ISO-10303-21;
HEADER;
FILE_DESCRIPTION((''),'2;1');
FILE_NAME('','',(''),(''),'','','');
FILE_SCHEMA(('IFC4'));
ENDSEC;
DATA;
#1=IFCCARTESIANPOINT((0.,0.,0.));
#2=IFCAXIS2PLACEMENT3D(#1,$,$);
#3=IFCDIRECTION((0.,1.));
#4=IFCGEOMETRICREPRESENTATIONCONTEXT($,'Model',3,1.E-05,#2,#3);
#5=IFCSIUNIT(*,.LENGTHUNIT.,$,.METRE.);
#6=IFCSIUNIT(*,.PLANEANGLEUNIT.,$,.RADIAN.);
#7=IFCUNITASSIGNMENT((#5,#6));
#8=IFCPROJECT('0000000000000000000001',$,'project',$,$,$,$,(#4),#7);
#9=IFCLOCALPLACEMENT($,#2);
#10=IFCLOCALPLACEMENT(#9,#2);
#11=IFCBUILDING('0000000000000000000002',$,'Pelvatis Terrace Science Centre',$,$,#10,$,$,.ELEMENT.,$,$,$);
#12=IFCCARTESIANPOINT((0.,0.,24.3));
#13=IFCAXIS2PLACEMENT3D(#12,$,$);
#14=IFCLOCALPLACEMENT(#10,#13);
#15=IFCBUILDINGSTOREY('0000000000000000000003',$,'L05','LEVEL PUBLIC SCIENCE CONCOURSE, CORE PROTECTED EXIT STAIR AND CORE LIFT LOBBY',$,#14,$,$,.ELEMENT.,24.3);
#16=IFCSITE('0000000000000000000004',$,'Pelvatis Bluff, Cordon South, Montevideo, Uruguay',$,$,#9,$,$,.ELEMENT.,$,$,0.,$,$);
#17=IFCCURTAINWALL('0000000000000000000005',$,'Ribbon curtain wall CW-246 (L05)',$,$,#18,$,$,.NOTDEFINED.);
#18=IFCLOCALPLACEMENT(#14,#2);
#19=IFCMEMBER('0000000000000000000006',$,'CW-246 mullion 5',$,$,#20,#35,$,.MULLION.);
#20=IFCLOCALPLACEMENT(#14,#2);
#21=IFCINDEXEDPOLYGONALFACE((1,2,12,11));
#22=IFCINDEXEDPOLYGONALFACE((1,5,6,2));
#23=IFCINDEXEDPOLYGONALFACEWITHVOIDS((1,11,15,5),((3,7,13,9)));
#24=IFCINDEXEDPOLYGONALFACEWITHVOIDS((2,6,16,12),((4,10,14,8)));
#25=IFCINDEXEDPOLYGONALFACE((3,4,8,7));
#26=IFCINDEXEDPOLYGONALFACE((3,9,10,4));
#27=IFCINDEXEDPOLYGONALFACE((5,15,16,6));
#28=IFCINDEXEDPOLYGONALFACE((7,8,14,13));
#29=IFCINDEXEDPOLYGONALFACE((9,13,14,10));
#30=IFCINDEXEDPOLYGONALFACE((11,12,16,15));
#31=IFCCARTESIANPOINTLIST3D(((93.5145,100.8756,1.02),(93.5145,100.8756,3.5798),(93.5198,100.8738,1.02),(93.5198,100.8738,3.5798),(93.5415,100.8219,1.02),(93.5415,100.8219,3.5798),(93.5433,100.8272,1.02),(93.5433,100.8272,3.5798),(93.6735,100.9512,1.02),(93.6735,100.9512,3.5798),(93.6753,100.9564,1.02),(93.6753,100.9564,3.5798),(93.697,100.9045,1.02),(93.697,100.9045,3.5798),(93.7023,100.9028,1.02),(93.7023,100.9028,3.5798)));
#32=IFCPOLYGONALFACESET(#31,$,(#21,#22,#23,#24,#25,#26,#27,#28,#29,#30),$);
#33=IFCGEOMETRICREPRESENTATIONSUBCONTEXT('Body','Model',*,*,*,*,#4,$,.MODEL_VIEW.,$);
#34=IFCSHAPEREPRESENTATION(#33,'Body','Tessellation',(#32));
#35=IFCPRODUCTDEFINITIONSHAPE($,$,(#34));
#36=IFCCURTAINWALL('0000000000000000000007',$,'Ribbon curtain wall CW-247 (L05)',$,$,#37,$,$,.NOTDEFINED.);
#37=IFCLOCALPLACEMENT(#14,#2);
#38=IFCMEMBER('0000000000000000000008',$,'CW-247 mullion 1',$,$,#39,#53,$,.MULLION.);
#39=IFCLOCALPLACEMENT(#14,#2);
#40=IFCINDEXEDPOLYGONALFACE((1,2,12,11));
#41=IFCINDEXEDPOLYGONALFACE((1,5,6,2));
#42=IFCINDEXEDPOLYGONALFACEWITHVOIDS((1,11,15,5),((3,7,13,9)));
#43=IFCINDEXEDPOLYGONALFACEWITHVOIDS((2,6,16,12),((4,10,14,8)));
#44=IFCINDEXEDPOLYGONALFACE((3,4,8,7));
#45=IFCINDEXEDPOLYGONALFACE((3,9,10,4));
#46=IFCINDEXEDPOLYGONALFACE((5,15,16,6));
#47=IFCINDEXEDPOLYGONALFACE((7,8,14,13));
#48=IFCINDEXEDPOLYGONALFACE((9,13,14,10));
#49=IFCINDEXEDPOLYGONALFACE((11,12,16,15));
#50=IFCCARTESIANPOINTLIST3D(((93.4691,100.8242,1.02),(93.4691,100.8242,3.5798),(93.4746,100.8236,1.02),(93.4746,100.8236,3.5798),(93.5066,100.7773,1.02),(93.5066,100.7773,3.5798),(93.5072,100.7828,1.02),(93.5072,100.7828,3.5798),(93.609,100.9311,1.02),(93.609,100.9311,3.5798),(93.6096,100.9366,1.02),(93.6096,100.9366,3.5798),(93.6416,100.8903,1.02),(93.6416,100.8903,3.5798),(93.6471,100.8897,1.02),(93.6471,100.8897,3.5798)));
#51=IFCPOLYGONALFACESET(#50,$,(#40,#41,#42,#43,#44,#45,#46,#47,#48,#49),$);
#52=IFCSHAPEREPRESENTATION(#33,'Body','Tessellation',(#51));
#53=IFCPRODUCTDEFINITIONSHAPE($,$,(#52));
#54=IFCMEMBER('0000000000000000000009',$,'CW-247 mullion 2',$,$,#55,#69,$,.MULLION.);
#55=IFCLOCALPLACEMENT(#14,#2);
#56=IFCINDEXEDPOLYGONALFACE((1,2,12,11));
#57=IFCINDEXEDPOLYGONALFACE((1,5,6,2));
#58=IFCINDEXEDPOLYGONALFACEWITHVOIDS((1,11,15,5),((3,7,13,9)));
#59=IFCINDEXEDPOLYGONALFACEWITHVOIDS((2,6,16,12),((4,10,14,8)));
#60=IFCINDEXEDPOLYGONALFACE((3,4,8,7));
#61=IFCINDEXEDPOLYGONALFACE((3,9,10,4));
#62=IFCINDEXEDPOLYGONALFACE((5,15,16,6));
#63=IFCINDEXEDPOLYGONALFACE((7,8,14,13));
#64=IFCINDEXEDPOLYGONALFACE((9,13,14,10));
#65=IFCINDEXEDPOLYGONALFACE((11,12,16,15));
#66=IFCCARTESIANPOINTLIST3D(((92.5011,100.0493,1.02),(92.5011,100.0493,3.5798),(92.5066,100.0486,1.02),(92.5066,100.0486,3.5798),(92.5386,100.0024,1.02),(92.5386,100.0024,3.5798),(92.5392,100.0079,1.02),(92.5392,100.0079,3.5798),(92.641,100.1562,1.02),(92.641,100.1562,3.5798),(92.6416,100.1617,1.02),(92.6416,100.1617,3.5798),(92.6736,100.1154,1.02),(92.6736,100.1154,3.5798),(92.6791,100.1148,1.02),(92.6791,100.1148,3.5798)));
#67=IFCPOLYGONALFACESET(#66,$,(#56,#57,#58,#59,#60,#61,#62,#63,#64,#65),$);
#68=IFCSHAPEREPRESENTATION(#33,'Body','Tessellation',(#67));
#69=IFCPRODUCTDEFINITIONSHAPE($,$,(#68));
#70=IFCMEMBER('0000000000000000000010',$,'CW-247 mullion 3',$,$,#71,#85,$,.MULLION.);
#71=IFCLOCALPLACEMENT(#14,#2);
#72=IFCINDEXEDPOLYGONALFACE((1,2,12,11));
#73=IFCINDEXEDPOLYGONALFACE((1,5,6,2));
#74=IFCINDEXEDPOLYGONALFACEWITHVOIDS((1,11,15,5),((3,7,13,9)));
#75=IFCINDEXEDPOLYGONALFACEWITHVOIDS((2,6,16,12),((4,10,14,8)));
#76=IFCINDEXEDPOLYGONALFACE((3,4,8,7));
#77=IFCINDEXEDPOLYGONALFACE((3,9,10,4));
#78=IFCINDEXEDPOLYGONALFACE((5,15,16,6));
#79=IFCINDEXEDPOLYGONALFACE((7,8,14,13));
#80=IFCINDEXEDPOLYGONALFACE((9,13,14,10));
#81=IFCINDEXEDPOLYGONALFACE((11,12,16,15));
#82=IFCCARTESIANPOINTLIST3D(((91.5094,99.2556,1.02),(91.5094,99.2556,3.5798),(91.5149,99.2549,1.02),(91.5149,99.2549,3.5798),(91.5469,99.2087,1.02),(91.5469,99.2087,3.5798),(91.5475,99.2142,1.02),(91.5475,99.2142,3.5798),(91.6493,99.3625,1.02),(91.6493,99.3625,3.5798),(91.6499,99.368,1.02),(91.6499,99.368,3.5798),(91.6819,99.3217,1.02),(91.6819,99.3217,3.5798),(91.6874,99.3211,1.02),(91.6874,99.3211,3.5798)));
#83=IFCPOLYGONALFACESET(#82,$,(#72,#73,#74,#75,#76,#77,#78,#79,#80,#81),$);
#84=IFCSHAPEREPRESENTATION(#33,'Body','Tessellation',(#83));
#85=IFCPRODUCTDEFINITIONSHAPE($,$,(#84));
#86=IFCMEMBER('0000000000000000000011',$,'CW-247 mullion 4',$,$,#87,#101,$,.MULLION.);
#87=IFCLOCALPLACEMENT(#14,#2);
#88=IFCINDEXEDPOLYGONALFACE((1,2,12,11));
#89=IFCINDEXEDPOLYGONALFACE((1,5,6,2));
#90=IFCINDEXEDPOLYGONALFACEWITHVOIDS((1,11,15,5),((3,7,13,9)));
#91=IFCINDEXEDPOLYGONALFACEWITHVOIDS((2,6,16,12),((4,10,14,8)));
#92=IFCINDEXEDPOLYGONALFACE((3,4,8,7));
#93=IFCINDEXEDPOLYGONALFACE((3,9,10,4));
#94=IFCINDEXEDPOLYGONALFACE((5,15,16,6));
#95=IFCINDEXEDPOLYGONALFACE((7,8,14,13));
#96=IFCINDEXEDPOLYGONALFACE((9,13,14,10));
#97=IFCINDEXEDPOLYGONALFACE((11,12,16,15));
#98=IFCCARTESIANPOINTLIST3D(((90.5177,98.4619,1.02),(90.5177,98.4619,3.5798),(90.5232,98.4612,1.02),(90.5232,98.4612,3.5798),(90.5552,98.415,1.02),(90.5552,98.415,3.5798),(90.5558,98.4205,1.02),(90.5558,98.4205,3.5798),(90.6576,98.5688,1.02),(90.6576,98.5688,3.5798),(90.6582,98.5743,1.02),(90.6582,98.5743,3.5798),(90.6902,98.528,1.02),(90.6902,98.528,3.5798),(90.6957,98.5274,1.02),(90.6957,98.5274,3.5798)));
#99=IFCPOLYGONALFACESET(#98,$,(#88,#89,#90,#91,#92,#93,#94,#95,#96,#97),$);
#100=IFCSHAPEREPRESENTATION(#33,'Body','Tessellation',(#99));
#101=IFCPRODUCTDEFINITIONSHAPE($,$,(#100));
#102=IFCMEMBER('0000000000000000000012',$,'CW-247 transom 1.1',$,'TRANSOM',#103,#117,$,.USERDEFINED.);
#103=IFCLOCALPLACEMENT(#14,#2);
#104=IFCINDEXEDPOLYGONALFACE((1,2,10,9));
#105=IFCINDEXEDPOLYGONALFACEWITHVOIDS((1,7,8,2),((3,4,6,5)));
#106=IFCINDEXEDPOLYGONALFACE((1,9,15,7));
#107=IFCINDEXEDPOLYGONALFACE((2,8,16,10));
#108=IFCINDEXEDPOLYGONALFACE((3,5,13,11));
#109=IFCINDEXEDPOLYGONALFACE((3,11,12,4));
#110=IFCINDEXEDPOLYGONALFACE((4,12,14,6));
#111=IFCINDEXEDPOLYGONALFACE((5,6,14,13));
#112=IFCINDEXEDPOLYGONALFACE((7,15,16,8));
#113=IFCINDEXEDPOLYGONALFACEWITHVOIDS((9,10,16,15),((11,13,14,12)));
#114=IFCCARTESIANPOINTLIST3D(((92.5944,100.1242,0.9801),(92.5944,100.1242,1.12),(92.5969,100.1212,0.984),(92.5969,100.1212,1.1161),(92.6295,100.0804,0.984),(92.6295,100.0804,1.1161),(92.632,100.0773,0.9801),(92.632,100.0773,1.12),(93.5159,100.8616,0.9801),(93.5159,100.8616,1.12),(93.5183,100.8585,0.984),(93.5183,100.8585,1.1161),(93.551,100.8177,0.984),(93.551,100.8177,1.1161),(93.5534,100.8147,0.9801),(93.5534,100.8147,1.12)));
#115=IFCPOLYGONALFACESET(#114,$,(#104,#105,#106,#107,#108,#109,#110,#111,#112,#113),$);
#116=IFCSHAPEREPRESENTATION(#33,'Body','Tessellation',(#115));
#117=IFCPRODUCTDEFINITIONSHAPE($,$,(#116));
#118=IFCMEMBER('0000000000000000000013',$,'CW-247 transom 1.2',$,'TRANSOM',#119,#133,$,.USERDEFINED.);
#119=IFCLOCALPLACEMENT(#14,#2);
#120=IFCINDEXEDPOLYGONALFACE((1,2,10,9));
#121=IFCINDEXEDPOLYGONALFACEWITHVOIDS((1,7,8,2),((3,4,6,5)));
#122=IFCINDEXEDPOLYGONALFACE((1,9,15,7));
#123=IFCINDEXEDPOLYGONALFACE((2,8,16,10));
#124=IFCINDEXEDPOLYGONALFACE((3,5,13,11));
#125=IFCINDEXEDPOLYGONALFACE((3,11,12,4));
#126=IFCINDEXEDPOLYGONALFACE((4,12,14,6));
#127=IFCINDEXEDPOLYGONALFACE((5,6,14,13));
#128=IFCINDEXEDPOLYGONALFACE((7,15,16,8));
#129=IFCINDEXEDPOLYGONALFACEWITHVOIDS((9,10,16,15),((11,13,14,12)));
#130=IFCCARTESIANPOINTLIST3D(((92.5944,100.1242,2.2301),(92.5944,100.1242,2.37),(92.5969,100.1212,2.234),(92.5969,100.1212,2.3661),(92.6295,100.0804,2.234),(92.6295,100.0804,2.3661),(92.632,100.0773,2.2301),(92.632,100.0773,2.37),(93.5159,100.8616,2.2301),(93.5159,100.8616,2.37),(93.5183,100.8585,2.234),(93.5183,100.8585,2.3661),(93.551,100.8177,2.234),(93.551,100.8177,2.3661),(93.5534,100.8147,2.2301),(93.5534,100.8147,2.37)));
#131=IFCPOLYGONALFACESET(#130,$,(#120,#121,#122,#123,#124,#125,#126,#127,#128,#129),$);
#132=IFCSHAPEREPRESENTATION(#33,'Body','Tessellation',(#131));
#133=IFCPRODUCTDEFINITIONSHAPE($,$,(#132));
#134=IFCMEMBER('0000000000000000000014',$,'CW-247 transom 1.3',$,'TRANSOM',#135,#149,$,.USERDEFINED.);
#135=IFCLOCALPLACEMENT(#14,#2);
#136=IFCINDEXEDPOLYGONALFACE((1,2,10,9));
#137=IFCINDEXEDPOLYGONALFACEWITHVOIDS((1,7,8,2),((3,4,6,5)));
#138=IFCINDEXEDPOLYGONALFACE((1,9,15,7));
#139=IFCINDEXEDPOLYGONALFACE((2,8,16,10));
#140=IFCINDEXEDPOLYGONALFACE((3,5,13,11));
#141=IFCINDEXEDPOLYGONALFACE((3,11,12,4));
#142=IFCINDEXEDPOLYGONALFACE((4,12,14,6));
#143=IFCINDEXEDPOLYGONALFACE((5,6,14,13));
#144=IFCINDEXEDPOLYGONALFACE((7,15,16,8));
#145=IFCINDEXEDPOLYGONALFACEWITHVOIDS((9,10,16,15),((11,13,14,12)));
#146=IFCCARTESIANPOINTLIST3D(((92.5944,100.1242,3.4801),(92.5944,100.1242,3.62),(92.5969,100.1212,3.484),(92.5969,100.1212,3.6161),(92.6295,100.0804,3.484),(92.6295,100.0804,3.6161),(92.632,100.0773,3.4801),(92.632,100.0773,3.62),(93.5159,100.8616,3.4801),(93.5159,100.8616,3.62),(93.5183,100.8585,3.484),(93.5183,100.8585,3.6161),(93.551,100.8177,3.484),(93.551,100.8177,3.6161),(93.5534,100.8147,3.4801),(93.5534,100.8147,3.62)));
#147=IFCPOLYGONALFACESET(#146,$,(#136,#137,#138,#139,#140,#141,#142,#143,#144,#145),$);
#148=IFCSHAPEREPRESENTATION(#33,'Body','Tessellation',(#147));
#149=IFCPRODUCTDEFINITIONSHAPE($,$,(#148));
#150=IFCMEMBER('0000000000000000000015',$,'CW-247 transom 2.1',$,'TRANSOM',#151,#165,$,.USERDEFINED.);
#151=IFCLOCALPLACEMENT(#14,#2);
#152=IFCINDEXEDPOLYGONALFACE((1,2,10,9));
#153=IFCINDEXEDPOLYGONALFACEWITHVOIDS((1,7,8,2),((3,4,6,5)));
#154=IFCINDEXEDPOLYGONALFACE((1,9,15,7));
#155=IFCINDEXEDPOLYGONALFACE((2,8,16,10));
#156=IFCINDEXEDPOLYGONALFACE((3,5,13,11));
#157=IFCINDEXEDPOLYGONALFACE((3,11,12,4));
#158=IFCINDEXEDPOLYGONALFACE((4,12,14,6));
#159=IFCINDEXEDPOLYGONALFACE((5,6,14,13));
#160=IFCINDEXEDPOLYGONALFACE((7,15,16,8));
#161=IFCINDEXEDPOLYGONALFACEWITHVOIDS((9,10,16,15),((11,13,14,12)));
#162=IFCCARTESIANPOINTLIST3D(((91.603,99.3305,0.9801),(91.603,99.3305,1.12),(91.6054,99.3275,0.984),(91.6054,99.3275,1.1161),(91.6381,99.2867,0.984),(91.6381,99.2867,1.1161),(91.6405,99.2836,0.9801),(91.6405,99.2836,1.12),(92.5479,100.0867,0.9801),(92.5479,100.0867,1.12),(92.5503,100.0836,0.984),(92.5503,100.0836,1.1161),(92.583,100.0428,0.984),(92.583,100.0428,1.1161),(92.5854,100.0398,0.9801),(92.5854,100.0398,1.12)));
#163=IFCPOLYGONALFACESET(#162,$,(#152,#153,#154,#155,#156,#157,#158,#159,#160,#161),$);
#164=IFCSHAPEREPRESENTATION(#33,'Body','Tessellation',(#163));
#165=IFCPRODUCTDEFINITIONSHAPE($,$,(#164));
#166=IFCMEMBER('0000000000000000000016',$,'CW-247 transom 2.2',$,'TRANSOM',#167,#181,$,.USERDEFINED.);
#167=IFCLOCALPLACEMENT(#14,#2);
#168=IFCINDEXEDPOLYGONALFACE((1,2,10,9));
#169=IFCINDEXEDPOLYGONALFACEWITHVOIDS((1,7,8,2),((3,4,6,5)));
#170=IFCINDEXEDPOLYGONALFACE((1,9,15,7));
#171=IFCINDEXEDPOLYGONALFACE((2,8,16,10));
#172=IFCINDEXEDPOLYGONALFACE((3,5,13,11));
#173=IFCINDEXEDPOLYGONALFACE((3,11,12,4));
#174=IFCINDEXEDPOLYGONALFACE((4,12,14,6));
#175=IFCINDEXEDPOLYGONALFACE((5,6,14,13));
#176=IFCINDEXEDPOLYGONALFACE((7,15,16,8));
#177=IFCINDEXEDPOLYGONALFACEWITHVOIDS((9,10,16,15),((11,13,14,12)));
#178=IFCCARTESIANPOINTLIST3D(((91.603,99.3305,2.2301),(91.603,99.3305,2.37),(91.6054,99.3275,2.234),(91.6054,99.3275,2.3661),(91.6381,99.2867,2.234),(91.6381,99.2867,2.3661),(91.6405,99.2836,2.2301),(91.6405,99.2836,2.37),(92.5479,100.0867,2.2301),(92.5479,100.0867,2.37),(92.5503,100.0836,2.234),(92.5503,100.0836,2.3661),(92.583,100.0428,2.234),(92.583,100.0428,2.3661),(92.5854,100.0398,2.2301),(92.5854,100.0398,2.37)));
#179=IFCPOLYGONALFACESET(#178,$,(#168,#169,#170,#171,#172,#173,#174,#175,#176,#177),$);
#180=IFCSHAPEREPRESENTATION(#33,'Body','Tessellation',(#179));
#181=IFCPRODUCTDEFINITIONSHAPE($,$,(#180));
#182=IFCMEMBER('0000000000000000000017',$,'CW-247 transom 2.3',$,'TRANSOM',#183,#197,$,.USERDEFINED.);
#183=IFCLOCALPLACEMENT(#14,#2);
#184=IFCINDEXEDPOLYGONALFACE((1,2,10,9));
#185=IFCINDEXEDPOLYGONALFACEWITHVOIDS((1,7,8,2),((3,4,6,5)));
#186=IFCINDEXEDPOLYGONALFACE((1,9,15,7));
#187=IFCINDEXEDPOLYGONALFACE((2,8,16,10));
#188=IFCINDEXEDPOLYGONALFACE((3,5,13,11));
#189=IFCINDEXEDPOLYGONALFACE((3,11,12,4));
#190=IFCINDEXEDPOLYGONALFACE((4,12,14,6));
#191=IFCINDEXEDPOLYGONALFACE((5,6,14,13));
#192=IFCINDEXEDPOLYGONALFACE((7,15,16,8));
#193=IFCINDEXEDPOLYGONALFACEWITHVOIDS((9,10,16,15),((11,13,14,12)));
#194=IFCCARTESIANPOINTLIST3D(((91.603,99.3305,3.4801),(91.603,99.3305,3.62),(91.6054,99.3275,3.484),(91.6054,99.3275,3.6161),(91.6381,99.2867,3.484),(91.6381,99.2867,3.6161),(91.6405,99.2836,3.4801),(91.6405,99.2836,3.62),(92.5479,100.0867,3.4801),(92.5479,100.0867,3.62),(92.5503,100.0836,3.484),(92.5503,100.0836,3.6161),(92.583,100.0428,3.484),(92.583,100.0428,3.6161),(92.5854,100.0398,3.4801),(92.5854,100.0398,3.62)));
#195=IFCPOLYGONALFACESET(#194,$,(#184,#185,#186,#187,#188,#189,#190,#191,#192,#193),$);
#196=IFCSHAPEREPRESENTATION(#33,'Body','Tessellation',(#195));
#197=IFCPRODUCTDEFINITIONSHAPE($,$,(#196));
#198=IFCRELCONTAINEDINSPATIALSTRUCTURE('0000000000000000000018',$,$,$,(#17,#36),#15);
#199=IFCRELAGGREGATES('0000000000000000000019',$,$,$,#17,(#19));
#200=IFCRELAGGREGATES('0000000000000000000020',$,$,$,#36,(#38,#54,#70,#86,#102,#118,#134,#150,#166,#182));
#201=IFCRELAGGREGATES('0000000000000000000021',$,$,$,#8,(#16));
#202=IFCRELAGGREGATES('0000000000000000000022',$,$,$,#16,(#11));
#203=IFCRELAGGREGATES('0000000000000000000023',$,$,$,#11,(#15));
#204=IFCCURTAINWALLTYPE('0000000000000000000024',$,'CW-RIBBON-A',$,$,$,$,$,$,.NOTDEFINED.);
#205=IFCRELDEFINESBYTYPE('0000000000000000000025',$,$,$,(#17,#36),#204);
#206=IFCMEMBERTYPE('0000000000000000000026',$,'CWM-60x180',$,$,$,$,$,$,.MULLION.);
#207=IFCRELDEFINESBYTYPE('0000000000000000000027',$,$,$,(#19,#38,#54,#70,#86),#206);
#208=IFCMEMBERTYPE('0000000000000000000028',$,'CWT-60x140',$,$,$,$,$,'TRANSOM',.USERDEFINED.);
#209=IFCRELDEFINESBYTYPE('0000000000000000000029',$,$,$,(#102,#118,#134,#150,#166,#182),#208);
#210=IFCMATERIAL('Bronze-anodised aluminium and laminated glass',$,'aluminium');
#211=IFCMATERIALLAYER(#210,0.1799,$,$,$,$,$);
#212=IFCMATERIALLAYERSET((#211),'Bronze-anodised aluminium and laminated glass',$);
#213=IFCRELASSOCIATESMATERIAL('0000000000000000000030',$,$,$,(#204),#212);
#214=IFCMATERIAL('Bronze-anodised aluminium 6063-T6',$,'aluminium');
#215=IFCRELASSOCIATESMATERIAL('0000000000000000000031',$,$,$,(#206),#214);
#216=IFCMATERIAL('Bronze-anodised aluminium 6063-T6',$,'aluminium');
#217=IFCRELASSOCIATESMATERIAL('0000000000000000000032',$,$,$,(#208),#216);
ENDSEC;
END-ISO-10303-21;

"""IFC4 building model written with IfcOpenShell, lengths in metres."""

from ifc_helpers import new_model, si_unit, direction, frame, origin, origin_2d, place, context, subcontext, project, spatial, hollow_rectangle, extrude, material, layer, layer_set, material_profile, profile_set, type_object, element, aggregate, save


model = new_model("IFC4")

# Units and contexts
model_context = context("Model", 3, precision=1e-05, world=origin(), true_north=direction((0.0, 1.0)))
body_context = subcontext(model_context, "Body", "Model", "MODEL_VIEW")
ifc_project = project(units=[si_unit("LENGTHUNIT", "METRE"), si_unit("PLANEANGLEUNIT", "RADIAN")], contexts=[model_context])

# Site, building, storey
site_placement = place(None, origin())
site = spatial("IfcSite", under=ifc_project, at=site_placement, Name="Pelvatis Bluff, Cordon South, Montevideo, Uruguay", CompositionType="ELEMENT", RefElevation=0.0)
building_placement = place(site_placement, origin())
building = spatial("IfcBuilding", under=site, at=building_placement, Name="Pelvatis Terrace Science Centre", CompositionType="ELEMENT")
storey_placement = place(building_placement, frame((0.0, 0.0, 24.3)))
storey = spatial("IfcBuildingStorey", under=building, at=storey_placement, Name="L05", Description="LEVEL PUBLIC SCIENCE CONCOURSE, CORE PROTECTED EXIT STAIR AND CORE LIFT LOBBY", CompositionType="ELEMENT", Elevation=24.3)

# Curtain wall, member
ifc_material_1 = material(Name="Bronze-anodised aluminium and laminated glass", Category="aluminium")
ifc_layer_1 = layer(ifc_material_1, 0.1799)
ifc_layer_set_1 = layer_set([ifc_layer_1], Name="Bronze-anodised aluminium and laminated glass")
curtain_wall_type = type_object("IfcCurtainWallType", Name="CW-RIBBON-A", PredefinedType="NOTDEFINED", material=ifc_layer_set_1)
curtain_wall_1_placement = place(storey_placement, origin())
curtain_wall_1 = element("IfcCurtainWall", 1, at=curtain_wall_1_placement, inside=storey, type_object=curtain_wall_type, Name="Ribbon curtain wall CW-246 (L05)", PredefinedType="NOTDEFINED")
ifc_material_2 = material(Name="Bronze-anodised aluminium 6063-T6", Category="aluminium")
ifc_material_profile_1 = material_profile(ifc_material_2, hollow_rectangle(XDim=0.0601, YDim=0.1799, WallThickness=0.0039, at=origin_2d()), Name="ALU-MUL 60x180")
ifc_profile_set_1 = profile_set([ifc_material_profile_1], Name="Bronze-anodised aluminium 6063-T6")
member_type_1 = type_object("IfcMemberType", Name="CWM-60x180", PredefinedType="MULLION", material=ifc_profile_set_1)
member_1_placement = place(storey_placement, frame((93.6084, 100.8892, 1.02), z_axis=(0.0, 0.0, 1.0), x_axis=(0.449304, -0.893379, 0.0)))
member_1 = element("IfcMember", 2, at=member_1_placement, type_object=member_type_1, Name="CW-246 mullion 5", PredefinedType="MULLION", context=body_context, shape_type="SweptSolid", body=[
    extrude(hollow_rectangle(XDim=0.0601, YDim=0.1799, WallThickness=0.0039, at=origin_2d()), origin(), (0.0, 0.0, 1.0), 2.5598),
])

# Curtain wall, members
curtain_wall_2_placement = place(storey_placement, origin())
curtain_wall_2 = element("IfcCurtainWall", 3, at=curtain_wall_2_placement, inside=storey, type_object=curtain_wall_type, Name="Ribbon curtain wall CW-247 (L05)", PredefinedType="NOTDEFINED")
member_2_placement = place(storey_placement, frame((93.5581, 100.8569, 1.02), z_axis=(0.0, 0.0, 1.0), x_axis=(0.624875, -0.780725, 0.0)))
member_2 = element("IfcMember", 4, at=member_2_placement, type_object=member_type_1, Name="CW-247 mullion 1", PredefinedType="MULLION", context=body_context, shape_type="SweptSolid", body=[
    extrude(hollow_rectangle(XDim=0.0601, YDim=0.1799, WallThickness=0.0039, at=origin_2d()), origin(), (0.0, 0.0, 1.0), 2.5598),
])
member_3_placement = place(storey_placement, frame((92.5901, 100.082, 1.02), z_axis=(0.0, 0.0, 1.0), x_axis=(0.624875, -0.780725, 0.0)))
member_3 = element("IfcMember", 5, at=member_3_placement, type_object=member_type_1, Name="CW-247 mullion 2", PredefinedType="MULLION", context=body_context, shape_type="SweptSolid", body=[
    extrude(hollow_rectangle(XDim=0.0601, YDim=0.1799, WallThickness=0.0039, at=origin_2d()), origin(), (0.0, 0.0, 1.0), 2.5598),
])
member_4_placement = place(storey_placement, frame((91.5984, 99.2883, 1.02), z_axis=(0.0, 0.0, 1.0), x_axis=(0.624875, -0.780725, 0.0)))
member_4 = element("IfcMember", 6, at=member_4_placement, type_object=member_type_1, Name="CW-247 mullion 3", PredefinedType="MULLION", context=body_context, shape_type="SweptSolid", body=[
    extrude(hollow_rectangle(XDim=0.0601, YDim=0.1799, WallThickness=0.0039, at=origin_2d()), origin(), (0.0, 0.0, 1.0), 2.5598),
])
member_5_placement = place(storey_placement, frame((90.6067, 98.4946, 1.02), z_axis=(0.0, 0.0, 1.0), x_axis=(0.624875, -0.780725, 0.0)))
member_5 = element("IfcMember", 7, at=member_5_placement, type_object=member_type_1, Name="CW-247 mullion 4", PredefinedType="MULLION", context=body_context, shape_type="SweptSolid", body=[
    extrude(hollow_rectangle(XDim=0.0601, YDim=0.1799, WallThickness=0.0039, at=origin_2d()), origin(), (0.0, 0.0, 1.0), 2.5598),
])
ifc_material_3 = material(Name="Bronze-anodised aluminium 6063-T6", Category="aluminium")
ifc_material_profile_2 = material_profile(ifc_material_3, hollow_rectangle(XDim=0.0601, YDim=0.1399, WallThickness=0.0039, at=origin_2d()), Name="ALU-TRN 60x140")
ifc_profile_set_2 = profile_set([ifc_material_profile_2], Name="Bronze-anodised aluminium 6063-T6")
member_type_2 = type_object("IfcMemberType", Name="CWT-60x140", ElementType="TRANSOM", PredefinedType="USERDEFINED", material=ifc_profile_set_2)
member_6_placement = place(storey_placement, frame((93.5347, 100.8381, 1.05), z_axis=(-0.780788, -0.624796, 0.0), x_axis=(0.624796, -0.780788, 0.0)))
member_6 = element("IfcMember", 8, at=member_6_placement, type_object=member_type_2, Name="CW-247 transom 1.1", ObjectType="TRANSOM", PredefinedType="USERDEFINED", context=body_context, shape_type="SweptSolid", body=[
    extrude(hollow_rectangle(XDim=0.0601, YDim=0.1399, WallThickness=0.0039, at=origin_2d()), origin(), (0.0, 0.0, 1.0), 1.1802),
])
member_7_placement = place(storey_placement, frame((93.5347, 100.8381, 2.3), z_axis=(-0.780788, -0.624796, 0.0), x_axis=(0.624796, -0.780788, 0.0)))
member_7 = element("IfcMember", 9, at=member_7_placement, type_object=member_type_2, Name="CW-247 transom 1.2", ObjectType="TRANSOM", PredefinedType="USERDEFINED", context=body_context, shape_type="SweptSolid", body=[
    extrude(hollow_rectangle(XDim=0.0601, YDim=0.1399, WallThickness=0.0039, at=origin_2d()), origin(), (0.0, 0.0, 1.0), 1.1802),
])
member_8_placement = place(storey_placement, frame((93.5347, 100.8381, 3.55), z_axis=(-0.780788, -0.624796, 0.0), x_axis=(0.624796, -0.780788, 0.0)))
member_8 = element("IfcMember", 10, at=member_8_placement, type_object=member_type_2, Name="CW-247 transom 1.3", ObjectType="TRANSOM", PredefinedType="USERDEFINED", context=body_context, shape_type="SweptSolid", body=[
    extrude(hollow_rectangle(XDim=0.0601, YDim=0.1399, WallThickness=0.0039, at=origin_2d()), origin(), (0.0, 0.0, 1.0), 1.1802),
])
member_9_placement = place(storey_placement, frame((92.5667, 100.0632, 1.05), z_axis=(-0.78077, -0.624818, 0.0), x_axis=(0.624818, -0.78077, 0.0)))
member_9 = element("IfcMember", 11, at=member_9_placement, type_object=member_type_2, Name="CW-247 transom 2.1", ObjectType="TRANSOM", PredefinedType="USERDEFINED", context=body_context, shape_type="SweptSolid", body=[
    extrude(hollow_rectangle(XDim=0.0601, YDim=0.1399, WallThickness=0.0039, at=origin_2d()), origin(), (0.0, 0.0, 1.0), 1.2102),
])
member_10_placement = place(storey_placement, frame((92.5667, 100.0632, 2.3), z_axis=(-0.78077, -0.624818, 0.0), x_axis=(0.624818, -0.78077, 0.0)))
member_10 = element("IfcMember", 12, at=member_10_placement, type_object=member_type_2, Name="CW-247 transom 2.2", ObjectType="TRANSOM", PredefinedType="USERDEFINED", context=body_context, shape_type="SweptSolid", body=[
    extrude(hollow_rectangle(XDim=0.0601, YDim=0.1399, WallThickness=0.0039, at=origin_2d()), origin(), (0.0, 0.0, 1.0), 1.2102),
])
member_11_placement = place(storey_placement, frame((92.5667, 100.0632, 3.55), z_axis=(-0.78077, -0.624818, 0.0), x_axis=(0.624818, -0.78077, 0.0)))
member_11 = element("IfcMember", 13, at=member_11_placement, type_object=member_type_2, Name="CW-247 transom 2.3", ObjectType="TRANSOM", PredefinedType="USERDEFINED", context=body_context, shape_type="SweptSolid", body=[
    extrude(hollow_rectangle(XDim=0.0601, YDim=0.1399, WallThickness=0.0039, at=origin_2d()), origin(), (0.0, 0.0, 1.0), 1.2102),
])

aggregate(curtain_wall_1, [member_1])
aggregate(curtain_wall_2, [member_2, member_3, member_4, member_5, member_6, member_7, member_8, member_9, member_10, member_11])

save(model, "model.ifc")
